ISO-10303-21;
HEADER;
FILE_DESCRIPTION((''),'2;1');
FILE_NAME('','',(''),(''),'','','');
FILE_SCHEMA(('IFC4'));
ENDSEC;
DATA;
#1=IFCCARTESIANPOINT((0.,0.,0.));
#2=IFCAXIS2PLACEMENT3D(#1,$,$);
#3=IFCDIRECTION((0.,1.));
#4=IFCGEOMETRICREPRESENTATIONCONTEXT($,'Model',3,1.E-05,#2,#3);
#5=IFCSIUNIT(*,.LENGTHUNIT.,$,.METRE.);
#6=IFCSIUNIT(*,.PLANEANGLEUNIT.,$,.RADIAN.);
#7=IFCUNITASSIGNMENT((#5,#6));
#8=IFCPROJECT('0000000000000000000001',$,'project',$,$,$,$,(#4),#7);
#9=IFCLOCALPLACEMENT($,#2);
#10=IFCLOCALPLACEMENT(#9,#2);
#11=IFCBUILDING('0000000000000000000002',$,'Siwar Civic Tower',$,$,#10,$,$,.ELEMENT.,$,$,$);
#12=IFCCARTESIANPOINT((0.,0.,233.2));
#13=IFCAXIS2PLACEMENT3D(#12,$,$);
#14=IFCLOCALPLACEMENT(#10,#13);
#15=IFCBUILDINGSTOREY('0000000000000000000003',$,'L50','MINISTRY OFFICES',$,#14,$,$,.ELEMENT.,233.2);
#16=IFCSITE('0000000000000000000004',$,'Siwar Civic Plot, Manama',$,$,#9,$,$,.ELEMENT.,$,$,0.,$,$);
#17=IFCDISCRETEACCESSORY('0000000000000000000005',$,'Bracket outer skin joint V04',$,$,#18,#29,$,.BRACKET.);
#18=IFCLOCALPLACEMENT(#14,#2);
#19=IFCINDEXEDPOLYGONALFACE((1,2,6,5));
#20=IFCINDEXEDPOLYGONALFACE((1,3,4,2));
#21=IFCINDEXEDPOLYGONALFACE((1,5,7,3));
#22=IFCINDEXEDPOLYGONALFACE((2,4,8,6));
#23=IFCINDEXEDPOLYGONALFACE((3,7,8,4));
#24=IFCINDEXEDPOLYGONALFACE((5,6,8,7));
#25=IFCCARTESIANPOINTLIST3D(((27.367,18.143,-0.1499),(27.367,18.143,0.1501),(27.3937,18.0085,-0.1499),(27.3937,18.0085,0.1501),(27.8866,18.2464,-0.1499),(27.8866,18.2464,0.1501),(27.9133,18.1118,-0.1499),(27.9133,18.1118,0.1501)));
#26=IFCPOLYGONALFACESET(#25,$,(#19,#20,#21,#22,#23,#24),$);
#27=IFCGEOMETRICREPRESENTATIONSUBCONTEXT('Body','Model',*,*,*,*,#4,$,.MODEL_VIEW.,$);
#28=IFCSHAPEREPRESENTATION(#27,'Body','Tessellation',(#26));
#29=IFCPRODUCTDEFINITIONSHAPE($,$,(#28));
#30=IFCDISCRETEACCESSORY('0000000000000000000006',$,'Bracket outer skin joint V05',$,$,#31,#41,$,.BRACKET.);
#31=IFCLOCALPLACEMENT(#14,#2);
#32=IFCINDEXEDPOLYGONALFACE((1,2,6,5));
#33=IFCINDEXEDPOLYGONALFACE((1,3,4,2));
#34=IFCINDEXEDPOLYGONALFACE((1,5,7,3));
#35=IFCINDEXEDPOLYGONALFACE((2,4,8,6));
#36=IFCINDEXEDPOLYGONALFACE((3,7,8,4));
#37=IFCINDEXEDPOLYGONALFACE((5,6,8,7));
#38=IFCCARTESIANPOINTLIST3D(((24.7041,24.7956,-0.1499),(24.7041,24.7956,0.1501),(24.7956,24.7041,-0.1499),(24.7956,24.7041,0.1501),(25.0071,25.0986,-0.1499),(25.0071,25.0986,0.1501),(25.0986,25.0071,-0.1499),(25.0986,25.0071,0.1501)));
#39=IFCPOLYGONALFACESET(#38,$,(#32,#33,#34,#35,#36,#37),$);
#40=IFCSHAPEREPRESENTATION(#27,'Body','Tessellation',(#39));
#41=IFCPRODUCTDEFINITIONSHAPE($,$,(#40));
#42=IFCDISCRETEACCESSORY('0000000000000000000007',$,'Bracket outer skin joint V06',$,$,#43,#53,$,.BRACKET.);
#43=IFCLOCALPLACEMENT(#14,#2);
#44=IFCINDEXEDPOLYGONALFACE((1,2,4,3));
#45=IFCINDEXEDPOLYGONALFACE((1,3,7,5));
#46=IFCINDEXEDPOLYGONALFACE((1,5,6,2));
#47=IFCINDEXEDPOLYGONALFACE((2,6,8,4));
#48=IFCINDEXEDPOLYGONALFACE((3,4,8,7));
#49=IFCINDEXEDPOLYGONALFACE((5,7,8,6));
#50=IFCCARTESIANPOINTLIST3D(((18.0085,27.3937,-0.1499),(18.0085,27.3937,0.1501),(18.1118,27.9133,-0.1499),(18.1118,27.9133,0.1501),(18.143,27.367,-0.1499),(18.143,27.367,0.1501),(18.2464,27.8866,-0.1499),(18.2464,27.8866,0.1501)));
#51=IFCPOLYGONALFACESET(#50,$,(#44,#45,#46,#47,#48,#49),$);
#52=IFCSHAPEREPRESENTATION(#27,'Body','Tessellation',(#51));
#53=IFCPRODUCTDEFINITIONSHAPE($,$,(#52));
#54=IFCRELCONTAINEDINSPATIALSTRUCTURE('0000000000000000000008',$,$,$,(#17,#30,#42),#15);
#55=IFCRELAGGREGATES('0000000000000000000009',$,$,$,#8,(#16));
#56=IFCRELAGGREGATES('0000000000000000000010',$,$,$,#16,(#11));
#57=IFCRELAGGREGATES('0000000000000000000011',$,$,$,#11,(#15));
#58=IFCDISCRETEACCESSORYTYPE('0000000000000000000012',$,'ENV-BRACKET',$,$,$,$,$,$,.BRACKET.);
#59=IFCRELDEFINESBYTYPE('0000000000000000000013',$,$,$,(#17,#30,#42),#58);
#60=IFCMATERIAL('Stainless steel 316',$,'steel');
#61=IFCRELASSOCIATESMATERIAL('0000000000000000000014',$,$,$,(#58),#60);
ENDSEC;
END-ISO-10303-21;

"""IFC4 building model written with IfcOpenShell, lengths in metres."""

from ifc_helpers import new_model, si_unit, direction, frame, origin, origin_2d, place, context, subcontext, project, spatial, rectangle, extrude, material, type_object, element, save


model = new_model("IFC4")

# Units and contexts
model_context = context("Model", 3, precision=1e-05, world=origin(), true_north=direction((0.0, 1.0)))
body_context = subcontext(model_context, "Body", "Model", "MODEL_VIEW")
ifc_project = project(units=[si_unit("LENGTHUNIT", "METRE"), si_unit("PLANEANGLEUNIT", "RADIAN")], contexts=[model_context])

# Site, building, storey
site_placement = place(None, origin())
site = spatial("IfcSite", under=ifc_project, at=site_placement, Name="Siwar Civic Plot, Manama", CompositionType="ELEMENT", RefElevation=0.0)
building_placement = place(site_placement, origin())
building = spatial("IfcBuilding", under=site, at=building_placement, Name="Siwar Civic Tower", CompositionType="ELEMENT")
storey_placement = place(building_placement, frame((0.0, 0.0, 233.2)))
storey = spatial("IfcBuildingStorey", under=building, at=storey_placement, Name="L50", Description="MINISTRY OFFICES", CompositionType="ELEMENT", Elevation=233.2)

# Discrete accessories
ifc_material_1 = material(Name="Stainless steel 316", Category="steel")
discrete_accessory_type = type_object("IfcDiscreteAccessoryType", Name="ENV-BRACKET", PredefinedType="BRACKET", material=ifc_material_1)
discrete_accessory_1_placement = place(storey_placement, frame((27.6401, 18.1274, -0.1499), z_axis=(0.0, 0.0, 1.0), x_axis=(0.980785, 0.19509, 0.0)))
element("IfcDiscreteAccessory", 1, at=discrete_accessory_1_placement, inside=storey, type_object=discrete_accessory_type, Name="Bracket outer skin joint V04", PredefinedType="BRACKET", context=body_context, shape_type="SweptSolid", body=[
    extrude(rectangle(XDim=0.5298, YDim=0.1372, at=origin_2d()), origin(), (0.0, 0.0, 1.0), 0.3),
])
discrete_accessory_2_placement = place(storey_placement, frame((24.9014, 24.9014, -0.1499), z_axis=(0.0, 0.0, 1.0), x_axis=(0.707107, 0.707107, 0.0)))
element("IfcDiscreteAccessory", 2, at=discrete_accessory_2_placement, inside=storey, type_object=discrete_accessory_type, Name="Bracket outer skin joint V05", PredefinedType="BRACKET", context=body_context, shape_type="SweptSolid", body=[
    extrude(rectangle(XDim=0.4285, YDim=0.1294, at=origin_2d()), origin(), (0.0, 0.0, 1.0), 0.3),
])
discrete_accessory_3_placement = place(storey_placement, frame((18.1274, 27.6401, -0.1499), z_axis=(0.0, 0.0, 1.0), x_axis=(0.19509, 0.980785, 0.0)))
element("IfcDiscreteAccessory", 3, at=discrete_accessory_3_placement, inside=storey, type_object=discrete_accessory_type, Name="Bracket outer skin joint V06", PredefinedType="BRACKET", context=body_context, shape_type="SweptSolid", body=[
    extrude(rectangle(XDim=0.5298, YDim=0.1372, at=origin_2d()), origin(), (0.0, 0.0, 1.0), 0.3),
])

save(model, "model.ifc")
